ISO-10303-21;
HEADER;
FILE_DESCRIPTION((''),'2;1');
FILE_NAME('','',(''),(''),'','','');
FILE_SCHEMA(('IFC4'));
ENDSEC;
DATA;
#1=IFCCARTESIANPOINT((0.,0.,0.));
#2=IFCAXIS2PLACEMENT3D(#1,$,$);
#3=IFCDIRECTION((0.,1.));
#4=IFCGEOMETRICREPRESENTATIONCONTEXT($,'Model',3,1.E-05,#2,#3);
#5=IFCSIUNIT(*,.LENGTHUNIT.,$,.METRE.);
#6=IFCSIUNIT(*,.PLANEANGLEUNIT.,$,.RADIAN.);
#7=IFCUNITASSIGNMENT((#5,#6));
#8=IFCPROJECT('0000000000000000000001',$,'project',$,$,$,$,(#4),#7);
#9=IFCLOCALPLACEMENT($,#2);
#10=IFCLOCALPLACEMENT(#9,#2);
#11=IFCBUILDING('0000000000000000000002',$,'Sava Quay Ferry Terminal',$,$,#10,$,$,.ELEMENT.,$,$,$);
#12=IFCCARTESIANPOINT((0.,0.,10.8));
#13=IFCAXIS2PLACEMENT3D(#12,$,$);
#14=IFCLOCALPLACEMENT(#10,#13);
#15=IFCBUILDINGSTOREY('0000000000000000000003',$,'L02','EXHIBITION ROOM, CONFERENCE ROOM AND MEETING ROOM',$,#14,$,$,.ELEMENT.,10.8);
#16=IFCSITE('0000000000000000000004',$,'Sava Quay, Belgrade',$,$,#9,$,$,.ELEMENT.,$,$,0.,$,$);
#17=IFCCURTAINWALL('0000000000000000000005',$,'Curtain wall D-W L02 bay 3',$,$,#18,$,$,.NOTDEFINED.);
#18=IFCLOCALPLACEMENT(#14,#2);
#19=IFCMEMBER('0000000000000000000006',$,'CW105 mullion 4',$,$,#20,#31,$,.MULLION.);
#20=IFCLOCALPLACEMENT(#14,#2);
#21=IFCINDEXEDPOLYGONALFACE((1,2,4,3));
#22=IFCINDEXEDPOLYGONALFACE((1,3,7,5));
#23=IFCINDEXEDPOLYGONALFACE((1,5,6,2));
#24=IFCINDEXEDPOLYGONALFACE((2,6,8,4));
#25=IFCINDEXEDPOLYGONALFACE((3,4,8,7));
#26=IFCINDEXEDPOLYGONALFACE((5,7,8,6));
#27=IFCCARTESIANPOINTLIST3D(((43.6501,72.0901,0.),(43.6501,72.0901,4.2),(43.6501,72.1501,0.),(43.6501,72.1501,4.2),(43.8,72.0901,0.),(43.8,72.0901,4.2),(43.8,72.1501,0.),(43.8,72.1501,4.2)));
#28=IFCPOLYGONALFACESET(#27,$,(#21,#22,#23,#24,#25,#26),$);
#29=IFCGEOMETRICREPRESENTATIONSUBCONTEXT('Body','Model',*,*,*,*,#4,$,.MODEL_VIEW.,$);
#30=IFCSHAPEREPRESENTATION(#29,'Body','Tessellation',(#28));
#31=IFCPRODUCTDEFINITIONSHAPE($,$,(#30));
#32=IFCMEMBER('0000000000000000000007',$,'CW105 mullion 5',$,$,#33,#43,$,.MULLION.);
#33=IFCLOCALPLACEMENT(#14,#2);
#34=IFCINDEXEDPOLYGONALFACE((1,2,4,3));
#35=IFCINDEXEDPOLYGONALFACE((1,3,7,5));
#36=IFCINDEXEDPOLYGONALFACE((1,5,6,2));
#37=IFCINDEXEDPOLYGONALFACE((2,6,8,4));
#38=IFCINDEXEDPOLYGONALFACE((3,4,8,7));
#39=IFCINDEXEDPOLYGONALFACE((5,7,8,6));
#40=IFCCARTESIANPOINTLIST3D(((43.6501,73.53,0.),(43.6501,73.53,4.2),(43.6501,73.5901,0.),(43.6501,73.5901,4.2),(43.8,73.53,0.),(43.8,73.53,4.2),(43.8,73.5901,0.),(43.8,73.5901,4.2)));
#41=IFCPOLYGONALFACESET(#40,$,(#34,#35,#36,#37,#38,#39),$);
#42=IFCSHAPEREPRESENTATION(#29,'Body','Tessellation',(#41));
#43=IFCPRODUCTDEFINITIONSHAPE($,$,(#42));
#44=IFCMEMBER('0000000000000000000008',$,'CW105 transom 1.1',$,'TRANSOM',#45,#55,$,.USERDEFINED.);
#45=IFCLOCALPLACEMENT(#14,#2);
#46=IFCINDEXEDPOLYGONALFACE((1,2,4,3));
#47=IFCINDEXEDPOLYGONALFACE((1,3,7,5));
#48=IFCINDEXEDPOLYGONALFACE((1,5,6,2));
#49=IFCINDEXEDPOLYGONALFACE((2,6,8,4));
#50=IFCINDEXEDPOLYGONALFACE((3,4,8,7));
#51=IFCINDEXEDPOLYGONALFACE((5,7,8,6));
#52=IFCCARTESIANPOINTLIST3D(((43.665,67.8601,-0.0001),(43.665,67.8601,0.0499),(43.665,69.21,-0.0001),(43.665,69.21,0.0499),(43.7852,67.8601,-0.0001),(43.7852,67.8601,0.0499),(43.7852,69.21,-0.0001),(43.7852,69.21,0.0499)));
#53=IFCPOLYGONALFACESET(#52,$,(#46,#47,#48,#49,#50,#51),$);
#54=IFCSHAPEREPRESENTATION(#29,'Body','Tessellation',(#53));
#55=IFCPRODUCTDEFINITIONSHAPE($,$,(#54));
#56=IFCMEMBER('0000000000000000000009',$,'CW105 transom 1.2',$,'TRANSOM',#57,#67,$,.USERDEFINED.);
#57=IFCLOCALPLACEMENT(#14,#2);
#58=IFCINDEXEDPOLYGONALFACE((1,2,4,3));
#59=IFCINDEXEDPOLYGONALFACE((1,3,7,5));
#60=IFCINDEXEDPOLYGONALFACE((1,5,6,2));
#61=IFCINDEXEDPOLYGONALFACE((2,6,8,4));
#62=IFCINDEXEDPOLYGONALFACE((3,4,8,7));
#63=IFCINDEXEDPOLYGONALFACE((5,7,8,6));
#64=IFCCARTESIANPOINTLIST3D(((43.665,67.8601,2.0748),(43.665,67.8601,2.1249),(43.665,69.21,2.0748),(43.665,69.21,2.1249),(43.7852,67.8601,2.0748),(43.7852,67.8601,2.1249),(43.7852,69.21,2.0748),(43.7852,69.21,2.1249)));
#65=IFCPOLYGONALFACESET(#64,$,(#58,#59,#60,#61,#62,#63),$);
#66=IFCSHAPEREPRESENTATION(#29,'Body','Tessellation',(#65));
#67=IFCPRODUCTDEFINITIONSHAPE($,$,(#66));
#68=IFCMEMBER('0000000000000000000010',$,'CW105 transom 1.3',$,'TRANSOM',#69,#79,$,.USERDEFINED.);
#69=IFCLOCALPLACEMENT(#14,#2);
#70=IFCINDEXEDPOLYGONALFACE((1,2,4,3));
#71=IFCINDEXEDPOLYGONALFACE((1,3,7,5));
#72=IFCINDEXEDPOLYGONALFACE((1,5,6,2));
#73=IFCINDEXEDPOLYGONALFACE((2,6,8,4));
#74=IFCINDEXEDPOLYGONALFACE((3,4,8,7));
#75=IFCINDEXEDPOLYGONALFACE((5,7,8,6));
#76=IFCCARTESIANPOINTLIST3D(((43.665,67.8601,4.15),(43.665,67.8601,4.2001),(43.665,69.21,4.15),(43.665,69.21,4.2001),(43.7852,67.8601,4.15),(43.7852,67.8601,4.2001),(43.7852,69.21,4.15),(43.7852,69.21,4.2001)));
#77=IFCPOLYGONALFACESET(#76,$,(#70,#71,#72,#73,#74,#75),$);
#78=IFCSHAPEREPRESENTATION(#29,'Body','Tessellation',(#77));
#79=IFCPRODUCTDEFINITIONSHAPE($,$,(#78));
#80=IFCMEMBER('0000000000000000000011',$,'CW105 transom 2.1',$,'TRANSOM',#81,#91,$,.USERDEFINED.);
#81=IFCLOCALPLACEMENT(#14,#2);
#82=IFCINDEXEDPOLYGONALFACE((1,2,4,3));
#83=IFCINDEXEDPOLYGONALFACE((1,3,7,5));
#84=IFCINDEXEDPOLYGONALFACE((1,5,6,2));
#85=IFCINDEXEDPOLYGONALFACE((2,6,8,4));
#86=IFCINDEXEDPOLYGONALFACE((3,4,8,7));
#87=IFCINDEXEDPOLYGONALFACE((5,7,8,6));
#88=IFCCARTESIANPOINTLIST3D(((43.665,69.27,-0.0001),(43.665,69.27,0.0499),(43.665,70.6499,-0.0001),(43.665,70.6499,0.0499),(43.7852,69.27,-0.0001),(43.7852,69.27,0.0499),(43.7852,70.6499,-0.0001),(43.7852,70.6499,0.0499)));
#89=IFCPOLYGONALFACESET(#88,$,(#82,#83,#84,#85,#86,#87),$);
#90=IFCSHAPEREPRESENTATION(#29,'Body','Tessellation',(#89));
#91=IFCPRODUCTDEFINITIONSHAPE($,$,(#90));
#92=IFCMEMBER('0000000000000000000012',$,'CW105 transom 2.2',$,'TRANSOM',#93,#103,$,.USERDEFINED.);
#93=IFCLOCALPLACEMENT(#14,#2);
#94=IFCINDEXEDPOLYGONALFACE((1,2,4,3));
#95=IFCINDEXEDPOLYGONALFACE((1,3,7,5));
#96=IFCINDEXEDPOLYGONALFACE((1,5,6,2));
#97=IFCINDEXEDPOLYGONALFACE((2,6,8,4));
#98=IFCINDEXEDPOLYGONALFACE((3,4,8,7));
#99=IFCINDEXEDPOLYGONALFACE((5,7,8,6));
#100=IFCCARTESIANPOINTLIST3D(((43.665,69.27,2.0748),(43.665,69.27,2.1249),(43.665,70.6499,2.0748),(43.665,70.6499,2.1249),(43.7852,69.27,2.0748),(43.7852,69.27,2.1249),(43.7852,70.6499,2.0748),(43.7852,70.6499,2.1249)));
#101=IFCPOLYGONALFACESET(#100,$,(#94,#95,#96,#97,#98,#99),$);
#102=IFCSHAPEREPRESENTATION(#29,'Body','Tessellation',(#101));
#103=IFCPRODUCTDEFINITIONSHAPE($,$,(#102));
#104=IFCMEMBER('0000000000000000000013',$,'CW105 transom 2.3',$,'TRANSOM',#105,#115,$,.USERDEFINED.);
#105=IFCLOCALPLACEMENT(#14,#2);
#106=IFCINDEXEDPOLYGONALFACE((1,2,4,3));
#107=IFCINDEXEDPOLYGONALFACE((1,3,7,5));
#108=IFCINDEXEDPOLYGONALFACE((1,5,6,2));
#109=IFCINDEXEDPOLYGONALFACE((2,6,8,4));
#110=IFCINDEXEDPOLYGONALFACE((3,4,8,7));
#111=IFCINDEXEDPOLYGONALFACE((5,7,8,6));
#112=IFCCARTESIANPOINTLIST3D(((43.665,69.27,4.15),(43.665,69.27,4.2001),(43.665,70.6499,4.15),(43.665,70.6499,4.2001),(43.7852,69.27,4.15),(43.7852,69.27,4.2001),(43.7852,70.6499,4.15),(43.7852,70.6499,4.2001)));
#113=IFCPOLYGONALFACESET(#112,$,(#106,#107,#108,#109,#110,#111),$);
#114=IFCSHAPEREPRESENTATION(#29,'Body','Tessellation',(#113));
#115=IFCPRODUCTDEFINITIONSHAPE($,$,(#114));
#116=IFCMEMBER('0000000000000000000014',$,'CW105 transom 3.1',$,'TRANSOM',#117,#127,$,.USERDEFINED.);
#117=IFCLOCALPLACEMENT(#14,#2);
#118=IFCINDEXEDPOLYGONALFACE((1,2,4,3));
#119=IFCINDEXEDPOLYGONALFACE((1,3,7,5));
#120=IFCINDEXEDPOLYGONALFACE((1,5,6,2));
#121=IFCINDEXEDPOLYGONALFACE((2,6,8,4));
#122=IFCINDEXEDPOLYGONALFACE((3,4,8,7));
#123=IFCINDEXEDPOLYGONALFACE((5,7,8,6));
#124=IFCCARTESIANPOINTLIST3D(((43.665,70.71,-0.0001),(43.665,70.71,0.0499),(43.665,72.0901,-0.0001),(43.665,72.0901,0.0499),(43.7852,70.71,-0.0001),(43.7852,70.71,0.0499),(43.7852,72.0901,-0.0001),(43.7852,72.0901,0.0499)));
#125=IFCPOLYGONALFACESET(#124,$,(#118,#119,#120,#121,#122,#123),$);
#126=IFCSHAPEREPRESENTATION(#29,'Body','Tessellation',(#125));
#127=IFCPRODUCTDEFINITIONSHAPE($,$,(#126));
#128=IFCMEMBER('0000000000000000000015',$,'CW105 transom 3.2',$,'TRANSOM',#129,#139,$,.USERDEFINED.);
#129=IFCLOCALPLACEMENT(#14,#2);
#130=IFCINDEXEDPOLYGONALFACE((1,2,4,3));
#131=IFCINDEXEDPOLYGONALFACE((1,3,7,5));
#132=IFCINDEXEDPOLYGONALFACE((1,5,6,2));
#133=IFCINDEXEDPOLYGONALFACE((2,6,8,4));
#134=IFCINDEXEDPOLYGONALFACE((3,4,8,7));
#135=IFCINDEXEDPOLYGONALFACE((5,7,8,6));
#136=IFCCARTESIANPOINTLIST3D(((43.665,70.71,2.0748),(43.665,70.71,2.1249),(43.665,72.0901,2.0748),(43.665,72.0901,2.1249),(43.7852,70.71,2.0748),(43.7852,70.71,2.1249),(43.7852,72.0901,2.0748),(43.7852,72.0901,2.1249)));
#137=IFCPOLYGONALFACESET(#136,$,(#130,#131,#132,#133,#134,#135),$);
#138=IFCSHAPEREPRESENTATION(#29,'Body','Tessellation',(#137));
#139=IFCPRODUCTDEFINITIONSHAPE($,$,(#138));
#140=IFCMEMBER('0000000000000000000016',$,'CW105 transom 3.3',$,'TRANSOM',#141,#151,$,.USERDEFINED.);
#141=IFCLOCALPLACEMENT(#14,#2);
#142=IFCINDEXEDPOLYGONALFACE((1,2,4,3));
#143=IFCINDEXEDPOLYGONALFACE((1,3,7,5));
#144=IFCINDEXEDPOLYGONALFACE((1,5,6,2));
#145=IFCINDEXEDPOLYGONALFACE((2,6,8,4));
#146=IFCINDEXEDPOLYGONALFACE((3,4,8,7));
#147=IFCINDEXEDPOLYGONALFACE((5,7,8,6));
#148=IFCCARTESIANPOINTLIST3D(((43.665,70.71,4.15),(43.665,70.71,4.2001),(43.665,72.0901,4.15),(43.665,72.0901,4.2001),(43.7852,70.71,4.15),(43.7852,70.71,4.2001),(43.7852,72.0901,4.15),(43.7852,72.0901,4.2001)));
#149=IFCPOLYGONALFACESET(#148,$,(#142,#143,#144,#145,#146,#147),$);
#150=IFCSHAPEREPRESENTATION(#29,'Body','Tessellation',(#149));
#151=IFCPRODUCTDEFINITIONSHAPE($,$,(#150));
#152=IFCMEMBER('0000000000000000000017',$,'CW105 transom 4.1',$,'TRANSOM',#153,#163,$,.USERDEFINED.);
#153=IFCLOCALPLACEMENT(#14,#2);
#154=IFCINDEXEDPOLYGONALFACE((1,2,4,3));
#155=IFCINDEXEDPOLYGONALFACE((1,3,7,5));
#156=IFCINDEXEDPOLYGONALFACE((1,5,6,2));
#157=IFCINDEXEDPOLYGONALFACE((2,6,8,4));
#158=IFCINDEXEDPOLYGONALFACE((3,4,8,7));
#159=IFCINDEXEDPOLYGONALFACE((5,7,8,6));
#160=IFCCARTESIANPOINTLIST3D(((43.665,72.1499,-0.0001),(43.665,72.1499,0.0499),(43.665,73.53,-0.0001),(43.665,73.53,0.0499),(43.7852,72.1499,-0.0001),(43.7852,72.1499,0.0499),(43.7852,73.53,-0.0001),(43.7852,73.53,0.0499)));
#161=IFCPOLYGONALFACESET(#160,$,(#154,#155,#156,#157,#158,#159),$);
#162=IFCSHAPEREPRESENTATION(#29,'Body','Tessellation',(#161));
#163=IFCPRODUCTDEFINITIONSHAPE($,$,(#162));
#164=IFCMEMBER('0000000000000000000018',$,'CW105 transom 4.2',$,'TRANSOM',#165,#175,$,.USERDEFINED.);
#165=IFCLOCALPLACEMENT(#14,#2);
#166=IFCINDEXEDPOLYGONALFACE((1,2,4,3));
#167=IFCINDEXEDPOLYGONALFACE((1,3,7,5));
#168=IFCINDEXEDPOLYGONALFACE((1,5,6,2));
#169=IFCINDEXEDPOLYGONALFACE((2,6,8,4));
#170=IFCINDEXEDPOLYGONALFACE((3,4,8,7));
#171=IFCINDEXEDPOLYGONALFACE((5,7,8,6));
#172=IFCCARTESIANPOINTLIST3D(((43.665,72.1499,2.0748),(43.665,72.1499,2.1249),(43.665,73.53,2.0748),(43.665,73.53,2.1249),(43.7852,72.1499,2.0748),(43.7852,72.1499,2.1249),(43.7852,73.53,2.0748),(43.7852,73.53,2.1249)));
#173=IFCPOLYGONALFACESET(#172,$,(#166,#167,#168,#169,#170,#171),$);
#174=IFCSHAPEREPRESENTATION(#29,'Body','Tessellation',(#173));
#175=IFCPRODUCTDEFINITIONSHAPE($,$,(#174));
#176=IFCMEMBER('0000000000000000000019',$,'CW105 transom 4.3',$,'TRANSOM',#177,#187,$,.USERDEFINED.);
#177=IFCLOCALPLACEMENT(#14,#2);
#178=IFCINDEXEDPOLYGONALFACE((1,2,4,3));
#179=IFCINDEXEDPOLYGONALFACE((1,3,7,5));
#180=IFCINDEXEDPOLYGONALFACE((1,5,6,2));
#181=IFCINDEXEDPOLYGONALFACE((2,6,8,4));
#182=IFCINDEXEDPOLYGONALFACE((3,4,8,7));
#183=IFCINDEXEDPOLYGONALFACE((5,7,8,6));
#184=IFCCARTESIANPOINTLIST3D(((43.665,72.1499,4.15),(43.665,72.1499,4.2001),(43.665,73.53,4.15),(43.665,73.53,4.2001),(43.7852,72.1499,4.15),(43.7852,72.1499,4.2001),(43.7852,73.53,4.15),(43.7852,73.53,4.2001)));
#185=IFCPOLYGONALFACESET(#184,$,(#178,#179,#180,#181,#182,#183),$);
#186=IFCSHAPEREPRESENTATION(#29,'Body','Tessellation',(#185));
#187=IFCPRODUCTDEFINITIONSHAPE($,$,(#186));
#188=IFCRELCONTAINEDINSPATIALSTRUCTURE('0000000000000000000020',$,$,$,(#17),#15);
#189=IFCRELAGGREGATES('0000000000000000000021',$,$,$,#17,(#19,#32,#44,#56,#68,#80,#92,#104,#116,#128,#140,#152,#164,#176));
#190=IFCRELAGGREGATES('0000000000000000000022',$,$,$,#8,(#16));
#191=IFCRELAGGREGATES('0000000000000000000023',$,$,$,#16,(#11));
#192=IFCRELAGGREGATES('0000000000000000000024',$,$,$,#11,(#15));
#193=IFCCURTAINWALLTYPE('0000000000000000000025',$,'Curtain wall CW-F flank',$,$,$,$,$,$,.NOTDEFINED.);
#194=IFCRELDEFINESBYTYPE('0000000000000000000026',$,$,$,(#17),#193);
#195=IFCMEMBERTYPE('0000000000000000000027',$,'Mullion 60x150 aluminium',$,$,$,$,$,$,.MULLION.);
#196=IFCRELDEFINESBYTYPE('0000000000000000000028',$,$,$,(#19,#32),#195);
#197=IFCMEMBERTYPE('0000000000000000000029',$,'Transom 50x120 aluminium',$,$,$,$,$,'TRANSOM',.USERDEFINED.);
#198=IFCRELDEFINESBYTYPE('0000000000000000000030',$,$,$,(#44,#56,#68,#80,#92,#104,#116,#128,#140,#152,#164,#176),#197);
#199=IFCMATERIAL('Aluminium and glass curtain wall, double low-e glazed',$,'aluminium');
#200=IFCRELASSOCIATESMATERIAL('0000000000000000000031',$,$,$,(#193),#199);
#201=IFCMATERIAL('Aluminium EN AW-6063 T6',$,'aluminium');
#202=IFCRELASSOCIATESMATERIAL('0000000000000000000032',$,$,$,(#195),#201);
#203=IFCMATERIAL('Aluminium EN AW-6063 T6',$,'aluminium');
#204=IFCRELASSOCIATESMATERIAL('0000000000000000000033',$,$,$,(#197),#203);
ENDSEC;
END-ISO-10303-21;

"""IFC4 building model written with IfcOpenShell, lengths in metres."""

from ifc_helpers import new_model, si_unit, direction, frame, origin, origin_2d, place, context, subcontext, project, spatial, rectangle, extrude, material, material_profile, profile_set, type_object, element, aggregate, save


model = new_model("IFC4")

# Units and contexts
model_context = context("Model", 3, precision=1e-05, world=origin(), true_north=direction((0.0, 1.0)))
body_context = subcontext(model_context, "Body", "Model", "MODEL_VIEW")
ifc_project = project(units=[si_unit("LENGTHUNIT", "METRE"), si_unit("PLANEANGLEUNIT", "RADIAN")], contexts=[model_context])

# Site, building, storey
site_placement = place(None, origin())
site = spatial("IfcSite", under=ifc_project, at=site_placement, Name="Sava Quay, Belgrade", CompositionType="ELEMENT", RefElevation=0.0)
building_placement = place(site_placement, origin())
building = spatial("IfcBuilding", under=site, at=building_placement, Name="Sava Quay Ferry Terminal", CompositionType="ELEMENT")
storey_placement = place(building_placement, frame((0.0, 0.0, 10.8)))
storey = spatial("IfcBuildingStorey", under=building, at=storey_placement, Name="L02", Description="EXHIBITION ROOM, CONFERENCE ROOM AND MEETING ROOM", CompositionType="ELEMENT", Elevation=10.8)

# Shared definitions
ifc_material_1 = material(Name="Aluminium and glass curtain wall, double low-e glazed", Category="aluminium")
curtain_wall_type = type_object("IfcCurtainWallType", Name="Curtain wall CW-F flank", PredefinedType="NOTDEFINED", material=ifc_material_1)
ifc_material_2 = material(Name="Aluminium EN AW-6063 T6", Category="aluminium")
ifc_material_profile_1 = material_profile(ifc_material_2, rectangle(XDim=0.1499, YDim=0.0601, at=origin_2d()), Name="Mullion 60x150 aluminium")
ifc_profile_set_1 = profile_set([ifc_material_profile_1], Name="Aluminium EN AW-6063 T6")
member_type_1 = type_object("IfcMemberType", Name="Mullion 60x150 aluminium", PredefinedType="MULLION", material=ifc_profile_set_1)

# Curtain wall, members
curtain_wall_1_placement = place(storey_placement, origin())
curtain_wall_1 = element("IfcCurtainWall", 1, at=curtain_wall_1_placement, inside=storey, type_object=curtain_wall_type, Name="Curtain wall D-W L02 bay 3", PredefinedType="NOTDEFINED")
member_1_placement = place(storey_placement, frame((43.7251, 72.1201, 0.0), z_axis=(0.0, 0.0, 1.0), x_axis=(-1.0, 0.0, 0.0)))
member_1 = element("IfcMember", 2, at=member_1_placement, type_object=member_type_1, Name="CW105 mullion 4", PredefinedType="MULLION", context=body_context, shape_type="SweptSolid", body=[
    extrude(rectangle(XDim=0.1499, YDim=0.0601, at=origin_2d()), origin(), (0.0, 0.0, 1.0), 4.2),
])
member_2_placement = place(storey_placement, frame((43.7251, 73.5601, 0.0), z_axis=(0.0, 0.0, 1.0), x_axis=(-1.0, 0.0, 0.0)))
member_2 = element("IfcMember", 3, at=member_2_placement, type_object=member_type_1, Name="CW105 mullion 5", PredefinedType="MULLION", context=body_context, shape_type="SweptSolid", body=[
    extrude(rectangle(XDim=0.1499, YDim=0.0601, at=origin_2d()), origin(), (0.0, 0.0, 1.0), 4.2),
])
ifc_material_3 = material(Name="Aluminium EN AW-6063 T6", Category="aluminium")
ifc_material_profile_2 = material_profile(ifc_material_3, rectangle(XDim=0.1201, YDim=0.05, at=origin_2d()), Name="Transom 50x120 aluminium")
ifc_profile_set_2 = profile_set([ifc_material_profile_2], Name="Aluminium EN AW-6063 T6")
member_type_2 = type_object("IfcMemberType", Name="Transom 50x120 aluminium", ElementType="TRANSOM", PredefinedType="USERDEFINED", material=ifc_profile_set_2)
member_3_placement = place(storey_placement, frame((43.7251, 67.8601, 0.0249), z_axis=(0.0, 1.0, 0.0), x_axis=(-1.0, 0.0, 0.0)))
member_3 = element("IfcMember", 4, at=member_3_placement, type_object=member_type_2, Name="CW105 transom 1.1", ObjectType="TRANSOM", PredefinedType="USERDEFINED", context=body_context, shape_type="SweptSolid", body=[
    extrude(rectangle(XDim=0.1201, YDim=0.05, at=origin_2d()), origin(), (0.0, 0.0, 1.0), 1.3499),
])
member_4_placement = place(storey_placement, frame((43.7251, 67.8601, 2.0999), z_axis=(0.0, 1.0, 0.0), x_axis=(-1.0, 0.0, 0.0)))
member_4 = element("IfcMember", 5, at=member_4_placement, type_object=member_type_2, Name="CW105 transom 1.2", ObjectType="TRANSOM", PredefinedType="USERDEFINED", context=body_context, shape_type="SweptSolid", body=[
    extrude(rectangle(XDim=0.1201, YDim=0.05, at=origin_2d()), origin(), (0.0, 0.0, 1.0), 1.3499),
])
member_5_placement = place(storey_placement, frame((43.7251, 67.8601, 4.175), z_axis=(0.0, 1.0, 0.0), x_axis=(-1.0, 0.0, 0.0)))
member_5 = element("IfcMember", 6, at=member_5_placement, type_object=member_type_2, Name="CW105 transom 1.3", ObjectType="TRANSOM", PredefinedType="USERDEFINED", context=body_context, shape_type="SweptSolid", body=[
    extrude(rectangle(XDim=0.1201, YDim=0.05, at=origin_2d()), origin(), (0.0, 0.0, 1.0), 1.3499),
])
member_6_placement = place(storey_placement, frame((43.7251, 69.27, 0.0249), z_axis=(0.0, 1.0, 0.0), x_axis=(-1.0, 0.0, 0.0)))
member_6 = element("IfcMember", 7, at=member_6_placement, type_object=member_type_2, Name="CW105 transom 2.1", ObjectType="TRANSOM", PredefinedType="USERDEFINED", context=body_context, shape_type="SweptSolid", body=[
    extrude(rectangle(XDim=0.1201, YDim=0.05, at=origin_2d()), origin(), (0.0, 0.0, 1.0), 1.3799),
])
member_7_placement = place(storey_placement, frame((43.7251, 69.27, 2.0999), z_axis=(0.0, 1.0, 0.0), x_axis=(-1.0, 0.0, 0.0)))
member_7 = element("IfcMember", 8, at=member_7_placement, type_object=member_type_2, Name="CW105 transom 2.2", ObjectType="TRANSOM", PredefinedType="USERDEFINED", context=body_context, shape_type="SweptSolid", body=[
    extrude(rectangle(XDim=0.1201, YDim=0.05, at=origin_2d()), origin(), (0.0, 0.0, 1.0), 1.3799),
])
member_8_placement = place(storey_placement, frame((43.7251, 69.27, 4.175), z_axis=(0.0, 1.0, 0.0), x_axis=(-1.0, 0.0, 0.0)))
member_8 = element("IfcMember", 9, at=member_8_placement, type_object=member_type_2, Name="CW105 transom 2.3", ObjectType="TRANSOM", PredefinedType="USERDEFINED", context=body_context, shape_type="SweptSolid", body=[
    extrude(rectangle(XDim=0.1201, YDim=0.05, at=origin_2d()), origin(), (0.0, 0.0, 1.0), 1.3799),
])
member_9_placement = place(storey_placement, frame((43.7251, 70.71, 0.0249), z_axis=(0.0, 1.0, 0.0), x_axis=(-1.0, 0.0, 0.0)))
member_9 = element("IfcMember", 10, at=member_9_placement, type_object=member_type_2, Name="CW105 transom 3.1", ObjectType="TRANSOM", PredefinedType="USERDEFINED", context=body_context, shape_type="SweptSolid", body=[
    extrude(rectangle(XDim=0.1201, YDim=0.05, at=origin_2d()), origin(), (0.0, 0.0, 1.0), 1.3801),
])
member_10_placement = place(storey_placement, frame((43.7251, 70.71, 2.0999), z_axis=(0.0, 1.0, 0.0), x_axis=(-1.0, 0.0, 0.0)))
member_10 = element("IfcMember", 11, at=member_10_placement, type_object=member_type_2, Name="CW105 transom 3.2", ObjectType="TRANSOM", PredefinedType="USERDEFINED", context=body_context, shape_type="SweptSolid", body=[
    extrude(rectangle(XDim=0.1201, YDim=0.05, at=origin_2d()), origin(), (0.0, 0.0, 1.0), 1.3801),
])
member_11_placement = place(storey_placement, frame((43.7251, 70.71, 4.175), z_axis=(0.0, 1.0, 0.0), x_axis=(-1.0, 0.0, 0.0)))
member_11 = element("IfcMember", 12, at=member_11_placement, type_object=member_type_2, Name="CW105 transom 3.3", ObjectType="TRANSOM", PredefinedType="USERDEFINED", context=body_context, shape_type="SweptSolid", body=[
    extrude(rectangle(XDim=0.1201, YDim=0.05, at=origin_2d()), origin(), (0.0, 0.0, 1.0), 1.3801),
])
member_12_placement = place(storey_placement, frame((43.7251, 72.1499, 0.0249), z_axis=(0.0, 1.0, 0.0), x_axis=(-1.0, 0.0, 0.0)))
member_12 = element("IfcMember", 13, at=member_12_placement, type_object=member_type_2, Name="CW105 transom 4.1", ObjectType="TRANSOM", PredefinedType="USERDEFINED", context=body_context, shape_type="SweptSolid", body=[
    extrude(rectangle(XDim=0.1201, YDim=0.05, at=origin_2d()), origin(), (0.0, 0.0, 1.0), 1.3801),
])
member_13_placement = place(storey_placement, frame((43.7251, 72.1499, 2.0999), z_axis=(0.0, 1.0, 0.0), x_axis=(-1.0, 0.0, 0.0)))
member_13 = element("IfcMember", 14, at=member_13_placement, type_object=member_type_2, Name="CW105 transom 4.2", ObjectType="TRANSOM", PredefinedType="USERDEFINED", context=body_context, shape_type="SweptSolid", body=[
    extrude(rectangle(XDim=0.1201, YDim=0.05, at=origin_2d()), origin(), (0.0, 0.0, 1.0), 1.3801),
])
member_14_placement = place(storey_placement, frame((43.7251, 72.1499, 4.175), z_axis=(0.0, 1.0, 0.0), x_axis=(-1.0, 0.0, 0.0)))
member_14 = element("IfcMember", 15, at=member_14_placement, type_object=member_type_2, Name="CW105 transom 4.3", ObjectType="TRANSOM", PredefinedType="USERDEFINED", context=body_context, shape_type="SweptSolid", body=[
    extrude(rectangle(XDim=0.1201, YDim=0.05, at=origin_2d()), origin(), (0.0, 0.0, 1.0), 1.3801),
])
aggregate(curtain_wall_1, [member_1, member_2, member_3, member_4, member_5, member_6, member_7, member_8, member_9, member_10, member_11, member_12, member_13, member_14])

save(model, "model.ifc")
